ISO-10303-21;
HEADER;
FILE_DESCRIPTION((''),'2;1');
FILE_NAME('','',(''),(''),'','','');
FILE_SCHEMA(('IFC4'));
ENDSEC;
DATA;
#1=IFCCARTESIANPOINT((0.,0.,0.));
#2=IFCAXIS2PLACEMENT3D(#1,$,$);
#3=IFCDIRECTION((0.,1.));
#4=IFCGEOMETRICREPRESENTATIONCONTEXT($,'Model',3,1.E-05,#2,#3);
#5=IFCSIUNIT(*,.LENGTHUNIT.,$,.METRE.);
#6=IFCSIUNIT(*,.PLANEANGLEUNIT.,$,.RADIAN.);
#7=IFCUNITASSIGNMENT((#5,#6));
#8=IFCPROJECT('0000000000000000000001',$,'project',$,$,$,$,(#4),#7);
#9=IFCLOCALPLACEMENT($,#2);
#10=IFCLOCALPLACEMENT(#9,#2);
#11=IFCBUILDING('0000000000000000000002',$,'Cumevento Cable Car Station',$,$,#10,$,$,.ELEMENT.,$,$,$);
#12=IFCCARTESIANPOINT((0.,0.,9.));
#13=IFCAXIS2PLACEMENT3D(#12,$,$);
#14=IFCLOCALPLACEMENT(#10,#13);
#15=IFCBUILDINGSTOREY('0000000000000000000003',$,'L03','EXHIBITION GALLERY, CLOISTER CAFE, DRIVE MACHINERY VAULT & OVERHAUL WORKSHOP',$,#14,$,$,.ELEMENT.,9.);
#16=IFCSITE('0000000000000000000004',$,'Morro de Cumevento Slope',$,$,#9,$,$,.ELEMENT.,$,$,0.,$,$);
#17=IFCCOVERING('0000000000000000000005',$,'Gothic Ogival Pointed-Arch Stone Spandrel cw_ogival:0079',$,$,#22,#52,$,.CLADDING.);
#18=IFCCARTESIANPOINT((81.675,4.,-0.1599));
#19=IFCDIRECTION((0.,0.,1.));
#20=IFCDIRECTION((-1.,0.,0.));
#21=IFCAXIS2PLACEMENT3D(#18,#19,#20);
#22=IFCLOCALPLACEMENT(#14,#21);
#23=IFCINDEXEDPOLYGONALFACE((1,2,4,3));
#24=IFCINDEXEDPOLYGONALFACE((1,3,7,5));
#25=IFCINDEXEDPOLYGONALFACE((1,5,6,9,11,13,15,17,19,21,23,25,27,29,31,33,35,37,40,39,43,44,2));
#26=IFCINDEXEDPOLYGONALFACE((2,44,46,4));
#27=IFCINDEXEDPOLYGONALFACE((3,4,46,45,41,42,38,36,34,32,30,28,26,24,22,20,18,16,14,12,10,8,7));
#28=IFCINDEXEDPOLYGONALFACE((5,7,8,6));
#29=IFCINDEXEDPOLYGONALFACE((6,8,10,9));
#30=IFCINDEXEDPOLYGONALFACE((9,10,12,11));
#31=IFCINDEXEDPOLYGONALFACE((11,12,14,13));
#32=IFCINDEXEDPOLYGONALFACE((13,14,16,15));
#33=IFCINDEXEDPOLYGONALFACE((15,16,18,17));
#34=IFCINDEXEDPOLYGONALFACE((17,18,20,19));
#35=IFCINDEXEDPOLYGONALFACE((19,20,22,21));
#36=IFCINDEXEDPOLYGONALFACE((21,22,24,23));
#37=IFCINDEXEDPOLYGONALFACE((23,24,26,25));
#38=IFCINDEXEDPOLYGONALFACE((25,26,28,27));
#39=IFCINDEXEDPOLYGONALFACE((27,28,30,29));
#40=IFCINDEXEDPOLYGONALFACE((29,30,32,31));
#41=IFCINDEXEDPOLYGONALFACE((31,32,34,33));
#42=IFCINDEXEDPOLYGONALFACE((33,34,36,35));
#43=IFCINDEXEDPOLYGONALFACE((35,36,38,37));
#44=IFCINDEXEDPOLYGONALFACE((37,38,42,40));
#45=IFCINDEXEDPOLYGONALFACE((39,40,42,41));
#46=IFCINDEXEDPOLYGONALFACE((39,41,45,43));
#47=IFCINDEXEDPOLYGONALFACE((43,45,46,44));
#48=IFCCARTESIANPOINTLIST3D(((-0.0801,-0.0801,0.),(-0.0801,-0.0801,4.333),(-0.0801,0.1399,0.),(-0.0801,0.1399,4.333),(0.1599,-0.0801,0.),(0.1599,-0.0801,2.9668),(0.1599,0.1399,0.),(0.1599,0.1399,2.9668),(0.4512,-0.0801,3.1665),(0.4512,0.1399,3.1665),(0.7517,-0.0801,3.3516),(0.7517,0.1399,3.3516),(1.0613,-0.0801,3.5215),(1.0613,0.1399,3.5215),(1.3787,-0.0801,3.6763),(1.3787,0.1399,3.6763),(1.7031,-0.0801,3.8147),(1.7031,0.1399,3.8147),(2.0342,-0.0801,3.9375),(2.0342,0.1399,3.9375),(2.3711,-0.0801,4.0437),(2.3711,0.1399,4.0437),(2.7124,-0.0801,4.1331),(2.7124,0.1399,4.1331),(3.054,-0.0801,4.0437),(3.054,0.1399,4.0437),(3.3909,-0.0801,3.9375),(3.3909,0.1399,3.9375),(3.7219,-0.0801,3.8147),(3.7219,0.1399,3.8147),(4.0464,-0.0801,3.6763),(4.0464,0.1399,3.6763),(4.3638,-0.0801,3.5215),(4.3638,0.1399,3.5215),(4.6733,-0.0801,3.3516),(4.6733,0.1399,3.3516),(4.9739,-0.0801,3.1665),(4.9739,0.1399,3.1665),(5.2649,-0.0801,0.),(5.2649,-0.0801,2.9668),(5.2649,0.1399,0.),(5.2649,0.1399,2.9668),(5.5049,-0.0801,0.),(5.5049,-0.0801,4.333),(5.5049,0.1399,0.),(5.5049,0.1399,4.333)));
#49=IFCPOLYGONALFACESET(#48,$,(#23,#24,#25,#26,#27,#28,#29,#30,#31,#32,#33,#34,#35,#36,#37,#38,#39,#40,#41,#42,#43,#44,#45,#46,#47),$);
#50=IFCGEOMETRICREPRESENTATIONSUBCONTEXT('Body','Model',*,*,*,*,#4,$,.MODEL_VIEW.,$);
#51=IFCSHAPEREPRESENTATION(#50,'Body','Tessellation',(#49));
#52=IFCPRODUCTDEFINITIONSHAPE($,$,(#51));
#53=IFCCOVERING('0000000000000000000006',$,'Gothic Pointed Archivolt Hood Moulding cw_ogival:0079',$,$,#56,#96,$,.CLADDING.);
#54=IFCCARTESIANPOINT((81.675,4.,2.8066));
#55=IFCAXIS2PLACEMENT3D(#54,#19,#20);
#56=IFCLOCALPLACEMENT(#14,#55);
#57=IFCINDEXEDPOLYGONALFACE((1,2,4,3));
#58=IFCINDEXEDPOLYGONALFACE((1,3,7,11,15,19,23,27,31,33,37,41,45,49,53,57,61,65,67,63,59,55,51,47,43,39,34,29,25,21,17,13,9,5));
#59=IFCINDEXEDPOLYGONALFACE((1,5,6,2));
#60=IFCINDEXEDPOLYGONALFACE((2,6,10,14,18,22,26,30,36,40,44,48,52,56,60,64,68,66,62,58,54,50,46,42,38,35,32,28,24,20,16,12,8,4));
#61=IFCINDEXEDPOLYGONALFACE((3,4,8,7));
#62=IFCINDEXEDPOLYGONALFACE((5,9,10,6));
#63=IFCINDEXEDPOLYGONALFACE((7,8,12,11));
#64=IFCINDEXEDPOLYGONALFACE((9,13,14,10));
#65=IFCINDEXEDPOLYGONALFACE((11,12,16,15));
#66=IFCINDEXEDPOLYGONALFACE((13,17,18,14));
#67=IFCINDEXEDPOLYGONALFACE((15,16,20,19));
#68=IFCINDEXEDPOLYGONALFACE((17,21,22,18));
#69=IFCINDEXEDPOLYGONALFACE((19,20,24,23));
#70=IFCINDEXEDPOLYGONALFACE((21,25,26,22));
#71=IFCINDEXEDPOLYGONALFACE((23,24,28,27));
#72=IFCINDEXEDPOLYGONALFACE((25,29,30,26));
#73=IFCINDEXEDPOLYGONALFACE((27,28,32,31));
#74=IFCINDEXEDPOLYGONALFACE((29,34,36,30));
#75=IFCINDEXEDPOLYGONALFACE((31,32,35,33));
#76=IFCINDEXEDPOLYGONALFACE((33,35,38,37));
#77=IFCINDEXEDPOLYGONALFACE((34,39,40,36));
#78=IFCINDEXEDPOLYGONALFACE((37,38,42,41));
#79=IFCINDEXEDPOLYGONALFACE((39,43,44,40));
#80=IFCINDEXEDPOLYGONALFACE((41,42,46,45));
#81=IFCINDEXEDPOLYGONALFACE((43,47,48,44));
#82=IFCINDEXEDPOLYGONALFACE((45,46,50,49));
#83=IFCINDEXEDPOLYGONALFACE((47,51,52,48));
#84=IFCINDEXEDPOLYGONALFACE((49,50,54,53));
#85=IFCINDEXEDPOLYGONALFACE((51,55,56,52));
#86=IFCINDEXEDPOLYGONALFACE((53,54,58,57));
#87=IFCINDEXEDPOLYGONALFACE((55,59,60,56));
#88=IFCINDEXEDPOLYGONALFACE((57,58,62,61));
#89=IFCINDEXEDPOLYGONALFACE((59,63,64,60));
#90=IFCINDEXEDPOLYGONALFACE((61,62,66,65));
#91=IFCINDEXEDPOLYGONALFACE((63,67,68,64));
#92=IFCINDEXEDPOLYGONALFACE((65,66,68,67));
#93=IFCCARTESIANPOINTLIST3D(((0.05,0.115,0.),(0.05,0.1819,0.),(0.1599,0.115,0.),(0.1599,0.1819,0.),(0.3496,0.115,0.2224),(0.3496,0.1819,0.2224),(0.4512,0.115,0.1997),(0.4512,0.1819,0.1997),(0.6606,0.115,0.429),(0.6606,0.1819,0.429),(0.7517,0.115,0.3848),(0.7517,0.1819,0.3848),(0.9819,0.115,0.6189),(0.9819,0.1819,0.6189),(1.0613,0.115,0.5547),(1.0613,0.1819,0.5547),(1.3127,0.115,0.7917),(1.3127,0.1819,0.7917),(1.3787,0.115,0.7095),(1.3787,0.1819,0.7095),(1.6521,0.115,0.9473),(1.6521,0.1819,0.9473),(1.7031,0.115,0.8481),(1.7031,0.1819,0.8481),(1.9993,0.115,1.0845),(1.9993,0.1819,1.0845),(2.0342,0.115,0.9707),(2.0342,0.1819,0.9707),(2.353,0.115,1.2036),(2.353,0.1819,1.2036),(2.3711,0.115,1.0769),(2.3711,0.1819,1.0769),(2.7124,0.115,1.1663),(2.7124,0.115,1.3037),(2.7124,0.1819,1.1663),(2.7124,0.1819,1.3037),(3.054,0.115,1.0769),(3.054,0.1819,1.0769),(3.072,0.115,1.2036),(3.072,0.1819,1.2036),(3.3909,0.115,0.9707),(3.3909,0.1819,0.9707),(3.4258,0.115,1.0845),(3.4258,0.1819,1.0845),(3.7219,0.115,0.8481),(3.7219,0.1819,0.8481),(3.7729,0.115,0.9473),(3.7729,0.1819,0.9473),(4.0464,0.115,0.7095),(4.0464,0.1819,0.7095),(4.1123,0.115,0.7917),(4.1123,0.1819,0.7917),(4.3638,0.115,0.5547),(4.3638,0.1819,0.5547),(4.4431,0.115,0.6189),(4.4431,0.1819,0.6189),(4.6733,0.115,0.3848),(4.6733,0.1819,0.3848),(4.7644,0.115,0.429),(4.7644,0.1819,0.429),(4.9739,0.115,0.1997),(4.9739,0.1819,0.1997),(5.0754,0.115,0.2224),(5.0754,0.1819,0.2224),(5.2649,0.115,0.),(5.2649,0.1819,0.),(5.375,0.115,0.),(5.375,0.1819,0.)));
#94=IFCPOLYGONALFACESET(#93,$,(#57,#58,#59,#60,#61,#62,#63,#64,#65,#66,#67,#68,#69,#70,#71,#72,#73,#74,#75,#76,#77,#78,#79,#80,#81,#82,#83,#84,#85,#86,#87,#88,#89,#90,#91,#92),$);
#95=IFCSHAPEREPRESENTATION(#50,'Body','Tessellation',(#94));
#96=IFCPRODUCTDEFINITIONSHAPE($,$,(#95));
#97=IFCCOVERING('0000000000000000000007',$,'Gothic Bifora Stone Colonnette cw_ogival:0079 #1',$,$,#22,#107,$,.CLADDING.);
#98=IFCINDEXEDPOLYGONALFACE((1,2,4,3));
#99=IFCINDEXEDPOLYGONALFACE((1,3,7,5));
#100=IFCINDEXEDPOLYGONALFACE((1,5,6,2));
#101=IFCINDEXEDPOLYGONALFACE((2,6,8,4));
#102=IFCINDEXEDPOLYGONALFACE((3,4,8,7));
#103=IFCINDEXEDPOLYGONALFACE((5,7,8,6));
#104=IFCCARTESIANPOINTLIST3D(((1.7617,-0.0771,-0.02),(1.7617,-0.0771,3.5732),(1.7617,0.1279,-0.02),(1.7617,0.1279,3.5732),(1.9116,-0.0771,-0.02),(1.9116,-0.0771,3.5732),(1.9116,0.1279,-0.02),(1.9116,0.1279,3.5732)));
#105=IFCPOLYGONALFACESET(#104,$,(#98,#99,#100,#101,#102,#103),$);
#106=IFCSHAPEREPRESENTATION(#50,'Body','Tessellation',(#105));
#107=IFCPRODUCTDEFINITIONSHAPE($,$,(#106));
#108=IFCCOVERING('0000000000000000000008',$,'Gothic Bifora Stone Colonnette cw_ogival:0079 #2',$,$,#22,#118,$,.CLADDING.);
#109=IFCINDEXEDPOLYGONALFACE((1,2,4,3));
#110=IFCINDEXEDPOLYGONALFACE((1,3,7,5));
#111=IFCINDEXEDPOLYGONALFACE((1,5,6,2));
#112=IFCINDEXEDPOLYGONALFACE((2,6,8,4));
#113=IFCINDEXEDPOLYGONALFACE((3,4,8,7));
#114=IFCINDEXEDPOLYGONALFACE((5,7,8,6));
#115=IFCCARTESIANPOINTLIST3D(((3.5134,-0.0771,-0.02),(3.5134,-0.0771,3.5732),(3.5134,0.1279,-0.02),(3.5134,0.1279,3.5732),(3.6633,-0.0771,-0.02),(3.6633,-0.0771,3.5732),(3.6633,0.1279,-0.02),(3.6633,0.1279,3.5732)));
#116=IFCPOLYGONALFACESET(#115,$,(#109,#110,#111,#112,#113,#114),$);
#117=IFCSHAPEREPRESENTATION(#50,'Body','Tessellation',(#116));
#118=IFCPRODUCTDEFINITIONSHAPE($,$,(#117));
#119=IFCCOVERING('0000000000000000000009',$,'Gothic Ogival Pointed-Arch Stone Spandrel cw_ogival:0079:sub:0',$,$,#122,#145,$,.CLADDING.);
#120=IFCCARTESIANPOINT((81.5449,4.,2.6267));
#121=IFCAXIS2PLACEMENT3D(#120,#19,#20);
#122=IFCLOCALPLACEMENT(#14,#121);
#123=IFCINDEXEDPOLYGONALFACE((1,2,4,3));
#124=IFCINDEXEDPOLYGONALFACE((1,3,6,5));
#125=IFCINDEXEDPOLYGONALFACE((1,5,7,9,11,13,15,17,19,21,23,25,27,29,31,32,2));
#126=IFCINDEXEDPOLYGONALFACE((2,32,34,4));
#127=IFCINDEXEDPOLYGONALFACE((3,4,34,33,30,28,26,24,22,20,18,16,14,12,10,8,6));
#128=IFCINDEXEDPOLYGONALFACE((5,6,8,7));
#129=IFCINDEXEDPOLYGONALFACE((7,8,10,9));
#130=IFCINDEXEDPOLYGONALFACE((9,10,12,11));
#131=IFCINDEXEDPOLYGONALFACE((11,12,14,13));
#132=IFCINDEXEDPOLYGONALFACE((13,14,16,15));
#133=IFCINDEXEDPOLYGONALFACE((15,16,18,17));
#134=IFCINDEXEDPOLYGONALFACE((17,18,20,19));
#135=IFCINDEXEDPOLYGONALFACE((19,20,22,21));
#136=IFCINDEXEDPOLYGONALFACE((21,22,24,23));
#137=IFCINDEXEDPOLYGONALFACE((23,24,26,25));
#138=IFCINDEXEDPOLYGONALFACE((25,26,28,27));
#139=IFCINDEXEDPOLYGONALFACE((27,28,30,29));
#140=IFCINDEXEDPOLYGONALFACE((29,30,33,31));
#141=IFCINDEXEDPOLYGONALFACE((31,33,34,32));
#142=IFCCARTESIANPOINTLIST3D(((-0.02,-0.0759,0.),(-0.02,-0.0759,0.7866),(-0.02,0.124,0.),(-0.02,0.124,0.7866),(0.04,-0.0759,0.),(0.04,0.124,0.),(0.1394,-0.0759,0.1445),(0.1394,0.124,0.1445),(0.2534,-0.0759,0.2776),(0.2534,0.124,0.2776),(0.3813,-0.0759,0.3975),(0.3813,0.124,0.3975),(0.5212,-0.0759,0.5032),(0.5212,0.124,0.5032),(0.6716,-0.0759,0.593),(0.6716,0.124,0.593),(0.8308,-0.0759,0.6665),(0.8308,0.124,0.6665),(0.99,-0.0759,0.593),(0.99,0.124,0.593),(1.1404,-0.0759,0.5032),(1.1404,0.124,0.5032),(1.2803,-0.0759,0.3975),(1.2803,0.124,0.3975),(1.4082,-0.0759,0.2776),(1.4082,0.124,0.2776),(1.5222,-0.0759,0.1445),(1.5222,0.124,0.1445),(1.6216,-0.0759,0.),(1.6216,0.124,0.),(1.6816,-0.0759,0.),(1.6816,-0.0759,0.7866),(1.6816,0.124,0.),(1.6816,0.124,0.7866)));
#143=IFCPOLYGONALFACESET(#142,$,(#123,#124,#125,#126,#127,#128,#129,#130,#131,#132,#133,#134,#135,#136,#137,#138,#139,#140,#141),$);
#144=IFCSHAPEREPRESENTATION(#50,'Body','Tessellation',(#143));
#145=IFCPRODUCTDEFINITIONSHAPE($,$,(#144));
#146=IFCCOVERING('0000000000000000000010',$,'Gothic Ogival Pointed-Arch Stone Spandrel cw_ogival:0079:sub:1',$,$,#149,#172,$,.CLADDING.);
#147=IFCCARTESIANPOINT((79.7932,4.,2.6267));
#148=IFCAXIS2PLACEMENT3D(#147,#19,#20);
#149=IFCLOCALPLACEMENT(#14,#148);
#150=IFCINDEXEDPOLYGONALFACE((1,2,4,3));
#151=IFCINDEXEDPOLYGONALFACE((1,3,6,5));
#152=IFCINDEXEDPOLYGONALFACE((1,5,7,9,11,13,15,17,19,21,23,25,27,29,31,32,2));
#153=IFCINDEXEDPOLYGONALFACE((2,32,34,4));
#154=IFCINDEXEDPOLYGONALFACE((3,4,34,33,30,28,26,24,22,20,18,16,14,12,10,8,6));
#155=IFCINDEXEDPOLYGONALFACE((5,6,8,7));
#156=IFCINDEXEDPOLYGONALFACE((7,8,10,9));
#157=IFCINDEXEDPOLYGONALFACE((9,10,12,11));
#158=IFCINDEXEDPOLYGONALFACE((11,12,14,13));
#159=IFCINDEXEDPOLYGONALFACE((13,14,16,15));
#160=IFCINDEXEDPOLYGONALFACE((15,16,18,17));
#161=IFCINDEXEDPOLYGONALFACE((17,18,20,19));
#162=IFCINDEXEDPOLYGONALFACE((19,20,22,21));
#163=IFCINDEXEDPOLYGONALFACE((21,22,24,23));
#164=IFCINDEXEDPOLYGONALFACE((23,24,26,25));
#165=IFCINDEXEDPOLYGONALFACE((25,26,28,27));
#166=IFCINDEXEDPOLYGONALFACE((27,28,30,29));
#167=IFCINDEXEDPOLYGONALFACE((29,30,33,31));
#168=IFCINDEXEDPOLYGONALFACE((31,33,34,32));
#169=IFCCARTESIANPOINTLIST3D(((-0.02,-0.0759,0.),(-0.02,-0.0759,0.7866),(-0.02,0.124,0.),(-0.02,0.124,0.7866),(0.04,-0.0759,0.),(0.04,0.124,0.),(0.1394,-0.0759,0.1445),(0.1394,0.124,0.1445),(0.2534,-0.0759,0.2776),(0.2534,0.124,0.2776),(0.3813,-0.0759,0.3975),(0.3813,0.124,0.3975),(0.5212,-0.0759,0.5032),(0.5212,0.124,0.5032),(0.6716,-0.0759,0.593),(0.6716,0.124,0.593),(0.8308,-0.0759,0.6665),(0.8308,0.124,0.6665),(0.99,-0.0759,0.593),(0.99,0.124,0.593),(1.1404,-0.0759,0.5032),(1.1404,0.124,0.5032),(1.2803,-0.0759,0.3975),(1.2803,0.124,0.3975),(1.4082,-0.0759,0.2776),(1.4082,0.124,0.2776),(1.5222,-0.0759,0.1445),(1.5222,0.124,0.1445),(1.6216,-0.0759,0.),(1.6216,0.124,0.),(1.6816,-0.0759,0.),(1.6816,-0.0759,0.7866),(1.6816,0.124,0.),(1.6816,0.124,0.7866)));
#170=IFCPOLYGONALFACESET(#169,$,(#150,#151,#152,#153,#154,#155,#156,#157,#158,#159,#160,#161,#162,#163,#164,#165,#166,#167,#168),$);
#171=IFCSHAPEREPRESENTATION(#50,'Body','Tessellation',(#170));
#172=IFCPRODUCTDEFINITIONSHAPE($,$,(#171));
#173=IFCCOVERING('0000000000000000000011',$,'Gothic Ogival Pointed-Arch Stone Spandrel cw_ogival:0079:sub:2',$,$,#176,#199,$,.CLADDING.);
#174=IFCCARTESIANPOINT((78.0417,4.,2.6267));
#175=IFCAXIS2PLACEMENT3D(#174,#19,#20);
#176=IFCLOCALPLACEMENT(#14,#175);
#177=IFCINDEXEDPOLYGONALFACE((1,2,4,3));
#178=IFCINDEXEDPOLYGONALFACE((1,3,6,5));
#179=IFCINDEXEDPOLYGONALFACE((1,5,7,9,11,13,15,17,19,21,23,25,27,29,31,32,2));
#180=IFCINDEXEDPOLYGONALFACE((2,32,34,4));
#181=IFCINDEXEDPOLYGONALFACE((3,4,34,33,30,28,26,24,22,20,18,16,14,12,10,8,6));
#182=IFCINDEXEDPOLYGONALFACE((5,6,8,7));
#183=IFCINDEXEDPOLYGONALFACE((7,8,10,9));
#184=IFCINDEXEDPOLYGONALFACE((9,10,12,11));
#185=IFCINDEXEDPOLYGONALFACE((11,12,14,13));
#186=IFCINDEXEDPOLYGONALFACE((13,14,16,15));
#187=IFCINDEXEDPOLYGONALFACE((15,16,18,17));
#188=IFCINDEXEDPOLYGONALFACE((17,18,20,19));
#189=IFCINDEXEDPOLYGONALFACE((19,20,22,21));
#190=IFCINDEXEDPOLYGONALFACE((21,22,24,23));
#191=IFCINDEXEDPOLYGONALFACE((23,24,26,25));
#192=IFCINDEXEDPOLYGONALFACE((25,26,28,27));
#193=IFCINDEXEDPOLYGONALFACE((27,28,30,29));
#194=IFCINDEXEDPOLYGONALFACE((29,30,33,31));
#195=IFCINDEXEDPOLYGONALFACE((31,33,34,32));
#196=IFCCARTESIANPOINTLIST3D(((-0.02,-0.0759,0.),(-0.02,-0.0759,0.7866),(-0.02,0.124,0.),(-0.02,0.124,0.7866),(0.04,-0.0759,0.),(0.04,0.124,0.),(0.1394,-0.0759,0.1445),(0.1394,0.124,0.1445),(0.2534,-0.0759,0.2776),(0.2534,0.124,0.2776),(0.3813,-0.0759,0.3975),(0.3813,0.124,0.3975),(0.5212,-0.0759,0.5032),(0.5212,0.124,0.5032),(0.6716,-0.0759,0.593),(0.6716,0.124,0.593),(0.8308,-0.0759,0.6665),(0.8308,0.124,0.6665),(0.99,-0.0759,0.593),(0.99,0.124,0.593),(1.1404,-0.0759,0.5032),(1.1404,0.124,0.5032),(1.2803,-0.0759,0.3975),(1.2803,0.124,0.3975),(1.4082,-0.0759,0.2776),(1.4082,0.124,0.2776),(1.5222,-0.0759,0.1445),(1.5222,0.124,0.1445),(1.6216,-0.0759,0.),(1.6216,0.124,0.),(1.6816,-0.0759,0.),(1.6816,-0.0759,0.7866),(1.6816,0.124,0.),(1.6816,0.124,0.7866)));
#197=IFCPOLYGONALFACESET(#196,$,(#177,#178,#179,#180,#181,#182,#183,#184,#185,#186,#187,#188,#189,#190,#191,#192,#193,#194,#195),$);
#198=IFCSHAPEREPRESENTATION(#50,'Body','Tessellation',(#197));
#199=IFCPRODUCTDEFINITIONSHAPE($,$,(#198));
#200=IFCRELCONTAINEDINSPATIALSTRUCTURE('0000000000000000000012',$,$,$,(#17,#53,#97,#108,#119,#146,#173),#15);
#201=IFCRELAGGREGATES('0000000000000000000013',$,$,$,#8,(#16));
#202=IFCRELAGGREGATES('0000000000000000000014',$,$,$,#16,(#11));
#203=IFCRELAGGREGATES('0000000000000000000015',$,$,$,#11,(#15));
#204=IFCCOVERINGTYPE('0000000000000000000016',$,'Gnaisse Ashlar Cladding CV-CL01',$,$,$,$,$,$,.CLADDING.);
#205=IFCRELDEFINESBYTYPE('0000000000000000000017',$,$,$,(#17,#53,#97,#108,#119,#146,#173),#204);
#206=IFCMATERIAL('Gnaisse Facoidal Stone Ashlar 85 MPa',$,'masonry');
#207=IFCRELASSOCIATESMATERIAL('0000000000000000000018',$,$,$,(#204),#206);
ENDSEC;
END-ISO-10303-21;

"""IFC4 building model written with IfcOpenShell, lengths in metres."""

from ifc_helpers import new_model, si_unit, direction, frame, origin, place, context, subcontext, project, spatial, polyline, outline, extrude, material, type_object, element, save


model = new_model("IFC4")

# Units and contexts
model_context = context("Model", 3, precision=1e-05, world=origin(), true_north=direction((0.0, 1.0)))
body_context = subcontext(model_context, "Body", "Model", "MODEL_VIEW")
ifc_project = project(units=[si_unit("LENGTHUNIT", "METRE"), si_unit("PLANEANGLEUNIT", "RADIAN")], contexts=[model_context])

# Site, building, storey
site_placement = place(None, origin())
site = spatial("IfcSite", under=ifc_project, at=site_placement, Name="Morro de Cumevento Slope", CompositionType="ELEMENT", RefElevation=0.0)
building_placement = place(site_placement, origin())
building = spatial("IfcBuilding", under=site, at=building_placement, Name="Cumevento Cable Car Station", CompositionType="ELEMENT")
storey_placement = place(building_placement, frame((0.0, 0.0, 9.0)))
storey = spatial("IfcBuildingStorey", under=building, at=storey_placement, Name="L03", Description="EXHIBITION GALLERY, CLOISTER CAFE, DRIVE MACHINERY VAULT & OVERHAUL WORKSHOP", CompositionType="ELEMENT", Elevation=9.0)

# Coverings
ifc_material_1 = material(Name="Gnaisse Facoidal Stone Ashlar 85 MPa", Category="masonry")
covering_type = type_object("IfcCoveringType", Name="Gnaisse Ashlar Cladding CV-CL01", PredefinedType="CLADDING", material=ifc_material_1)
placement = place(storey_placement, frame((81.675, 4.0, -0.1599), z_axis=(0.0, 0.0, 1.0), x_axis=(-1.0, 0.0, 0.0)))
element("IfcCovering", 1, at=placement, inside=storey, type_object=covering_type, Name="Gothic Ogival Pointed-Arch Stone Spandrel cw_ogival:0079", PredefinedType="CLADDING", context=body_context, shape_type="SweptSolid", body=[
    extrude(outline(polyline([(-0.0801, 0.0), (-0.0801, 4.333), (5.5049, 4.333), (5.5049, 0.0), (5.2649, 0.0), (5.2649, 2.9668), (4.9739, 3.1665), (4.6733, 3.3516), (4.3638, 3.5215), (4.0464, 3.6763), (3.7219, 3.8147), (3.3909, 3.9375), (3.054, 4.0437), (2.7124, 4.1331), (2.3711, 4.0437), (2.0342, 3.9375), (1.7031, 3.8147), (1.3787, 3.6763), (1.0613, 3.5215), (0.7517, 3.3516), (0.4512, 3.1665), (0.1599, 2.9668), (0.1599, 0.0), (-0.0801, 0.0)])), frame((0.0, 0.1399, 0.0), z_axis=(0.0, -1.0, 0.0), x_axis=(1.0, 0.0, 0.0)), (0.0, 0.0, 1.0), 0.22),
])
covering_1_placement = place(storey_placement, frame((81.675, 4.0, 2.8066), z_axis=(0.0, 0.0, 1.0), x_axis=(-1.0, 0.0, 0.0)))
element("IfcCovering", 2, at=covering_1_placement, inside=storey, type_object=covering_type, Name="Gothic Pointed Archivolt Hood Moulding cw_ogival:0079", PredefinedType="CLADDING", context=body_context, shape_type="SweptSolid", body=[
    extrude(outline(polyline([(0.1599, 0.0), (0.4512, 0.1997), (0.7517, 0.3848), (1.0613, 0.5547), (1.3787, 0.7095), (1.7031, 0.8481), (2.0342, 0.9707), (2.3711, 1.0769), (2.7124, 1.1663), (3.054, 1.0769), (3.3909, 0.9707), (3.7219, 0.8481), (4.0464, 0.7095), (4.3638, 0.5547), (4.6733, 0.3848), (4.9739, 0.1997), (5.2649, 0.0), (5.375, 0.0), (5.0754, 0.2224), (4.7644, 0.429), (4.4431, 0.6189), (4.1123, 0.7917), (3.7729, 0.9473), (3.4258, 1.0845), (3.072, 1.2036), (2.7124, 1.3037), (2.353, 1.2036), (1.9993, 1.0845), (1.6521, 0.9473), (1.3127, 0.7917), (0.9819, 0.6189), (0.6606, 0.429), (0.3496, 0.2224), (0.05, 0.0), (0.1599, 0.0)])), frame((0.0, 0.1819, 0.0), z_axis=(0.0, -1.0, 0.0), x_axis=(1.0, 0.0, 0.0)), (0.0, 0.0, 1.0), 0.0669),
])
element("IfcCovering", 3, at=placement, inside=storey, type_object=covering_type, Name="Gothic Bifora Stone Colonnette cw_ogival:0079 #1", PredefinedType="CLADDING", context=body_context, shape_type="SweptSolid", body=[
    extrude(outline(polyline([(1.7617, -0.02), (1.9116, -0.02), (1.9116, 3.5732), (1.7617, 3.5732), (1.7617, -0.02)])), frame((0.0, 0.1279, 0.0), z_axis=(0.0, -1.0, 0.0), x_axis=(1.0, 0.0, 0.0)), (0.0, 0.0, 1.0), 0.2051),
])
element("IfcCovering", 4, at=placement, inside=storey, type_object=covering_type, Name="Gothic Bifora Stone Colonnette cw_ogival:0079 #2", PredefinedType="CLADDING", context=body_context, shape_type="SweptSolid", body=[
    extrude(outline(polyline([(3.5134, -0.02), (3.6633, -0.02), (3.6633, 3.5732), (3.5134, 3.5732), (3.5134, -0.02)])), frame((0.0, 0.1279, 0.0), z_axis=(0.0, -1.0, 0.0), x_axis=(1.0, 0.0, 0.0)), (0.0, 0.0, 1.0), 0.2051),
])
for number, where, z_axis, x_axis, name in (
    (5, (81.5449, 4.0, 2.6267), (0.0, 0.0, 1.0), (-1.0, 0.0, 0.0), "Gothic Ogival Pointed-Arch Stone Spandrel cw_ogival:0079:sub:0"),
    (6, (79.7932, 4.0, 2.6267), (0.0, 0.0, 1.0), (-1.0, 0.0, 0.0), "Gothic Ogival Pointed-Arch Stone Spandrel cw_ogival:0079:sub:1"),
    (7, (78.0417, 4.0, 2.6267), (0.0, 0.0, 1.0), (-1.0, 0.0, 0.0), "Gothic Ogival Pointed-Arch Stone Spandrel cw_ogival:0079:sub:2"),
):
    element("IfcCovering", number, at=place(storey_placement, frame(where, z_axis=z_axis, x_axis=x_axis)), inside=storey, type_object=covering_type, Name=name, PredefinedType="CLADDING", context=body_context, shape_type="SweptSolid", body=[
        extrude(outline(polyline([(-0.02, 0.0), (-0.02, 0.7866), (1.6816, 0.7866), (1.6816, 0.0), (1.6216, 0.0), (1.5222, 0.1445), (1.4082, 0.2776), (1.2803, 0.3975), (1.1404, 0.5032), (0.99, 0.593), (0.8308, 0.6665), (0.6716, 0.593), (0.5212, 0.5032), (0.3813, 0.3975), (0.2534, 0.2776), (0.1394, 0.1445), (0.04, 0.0), (-0.02, 0.0)])), frame((0.0, 0.124, 0.0), z_axis=(0.0, -1.0, 0.0), x_axis=(1.0, 0.0, 0.0)), (0.0, 0.0, 1.0), 0.2),
    ])

save(model, "model.ifc")
